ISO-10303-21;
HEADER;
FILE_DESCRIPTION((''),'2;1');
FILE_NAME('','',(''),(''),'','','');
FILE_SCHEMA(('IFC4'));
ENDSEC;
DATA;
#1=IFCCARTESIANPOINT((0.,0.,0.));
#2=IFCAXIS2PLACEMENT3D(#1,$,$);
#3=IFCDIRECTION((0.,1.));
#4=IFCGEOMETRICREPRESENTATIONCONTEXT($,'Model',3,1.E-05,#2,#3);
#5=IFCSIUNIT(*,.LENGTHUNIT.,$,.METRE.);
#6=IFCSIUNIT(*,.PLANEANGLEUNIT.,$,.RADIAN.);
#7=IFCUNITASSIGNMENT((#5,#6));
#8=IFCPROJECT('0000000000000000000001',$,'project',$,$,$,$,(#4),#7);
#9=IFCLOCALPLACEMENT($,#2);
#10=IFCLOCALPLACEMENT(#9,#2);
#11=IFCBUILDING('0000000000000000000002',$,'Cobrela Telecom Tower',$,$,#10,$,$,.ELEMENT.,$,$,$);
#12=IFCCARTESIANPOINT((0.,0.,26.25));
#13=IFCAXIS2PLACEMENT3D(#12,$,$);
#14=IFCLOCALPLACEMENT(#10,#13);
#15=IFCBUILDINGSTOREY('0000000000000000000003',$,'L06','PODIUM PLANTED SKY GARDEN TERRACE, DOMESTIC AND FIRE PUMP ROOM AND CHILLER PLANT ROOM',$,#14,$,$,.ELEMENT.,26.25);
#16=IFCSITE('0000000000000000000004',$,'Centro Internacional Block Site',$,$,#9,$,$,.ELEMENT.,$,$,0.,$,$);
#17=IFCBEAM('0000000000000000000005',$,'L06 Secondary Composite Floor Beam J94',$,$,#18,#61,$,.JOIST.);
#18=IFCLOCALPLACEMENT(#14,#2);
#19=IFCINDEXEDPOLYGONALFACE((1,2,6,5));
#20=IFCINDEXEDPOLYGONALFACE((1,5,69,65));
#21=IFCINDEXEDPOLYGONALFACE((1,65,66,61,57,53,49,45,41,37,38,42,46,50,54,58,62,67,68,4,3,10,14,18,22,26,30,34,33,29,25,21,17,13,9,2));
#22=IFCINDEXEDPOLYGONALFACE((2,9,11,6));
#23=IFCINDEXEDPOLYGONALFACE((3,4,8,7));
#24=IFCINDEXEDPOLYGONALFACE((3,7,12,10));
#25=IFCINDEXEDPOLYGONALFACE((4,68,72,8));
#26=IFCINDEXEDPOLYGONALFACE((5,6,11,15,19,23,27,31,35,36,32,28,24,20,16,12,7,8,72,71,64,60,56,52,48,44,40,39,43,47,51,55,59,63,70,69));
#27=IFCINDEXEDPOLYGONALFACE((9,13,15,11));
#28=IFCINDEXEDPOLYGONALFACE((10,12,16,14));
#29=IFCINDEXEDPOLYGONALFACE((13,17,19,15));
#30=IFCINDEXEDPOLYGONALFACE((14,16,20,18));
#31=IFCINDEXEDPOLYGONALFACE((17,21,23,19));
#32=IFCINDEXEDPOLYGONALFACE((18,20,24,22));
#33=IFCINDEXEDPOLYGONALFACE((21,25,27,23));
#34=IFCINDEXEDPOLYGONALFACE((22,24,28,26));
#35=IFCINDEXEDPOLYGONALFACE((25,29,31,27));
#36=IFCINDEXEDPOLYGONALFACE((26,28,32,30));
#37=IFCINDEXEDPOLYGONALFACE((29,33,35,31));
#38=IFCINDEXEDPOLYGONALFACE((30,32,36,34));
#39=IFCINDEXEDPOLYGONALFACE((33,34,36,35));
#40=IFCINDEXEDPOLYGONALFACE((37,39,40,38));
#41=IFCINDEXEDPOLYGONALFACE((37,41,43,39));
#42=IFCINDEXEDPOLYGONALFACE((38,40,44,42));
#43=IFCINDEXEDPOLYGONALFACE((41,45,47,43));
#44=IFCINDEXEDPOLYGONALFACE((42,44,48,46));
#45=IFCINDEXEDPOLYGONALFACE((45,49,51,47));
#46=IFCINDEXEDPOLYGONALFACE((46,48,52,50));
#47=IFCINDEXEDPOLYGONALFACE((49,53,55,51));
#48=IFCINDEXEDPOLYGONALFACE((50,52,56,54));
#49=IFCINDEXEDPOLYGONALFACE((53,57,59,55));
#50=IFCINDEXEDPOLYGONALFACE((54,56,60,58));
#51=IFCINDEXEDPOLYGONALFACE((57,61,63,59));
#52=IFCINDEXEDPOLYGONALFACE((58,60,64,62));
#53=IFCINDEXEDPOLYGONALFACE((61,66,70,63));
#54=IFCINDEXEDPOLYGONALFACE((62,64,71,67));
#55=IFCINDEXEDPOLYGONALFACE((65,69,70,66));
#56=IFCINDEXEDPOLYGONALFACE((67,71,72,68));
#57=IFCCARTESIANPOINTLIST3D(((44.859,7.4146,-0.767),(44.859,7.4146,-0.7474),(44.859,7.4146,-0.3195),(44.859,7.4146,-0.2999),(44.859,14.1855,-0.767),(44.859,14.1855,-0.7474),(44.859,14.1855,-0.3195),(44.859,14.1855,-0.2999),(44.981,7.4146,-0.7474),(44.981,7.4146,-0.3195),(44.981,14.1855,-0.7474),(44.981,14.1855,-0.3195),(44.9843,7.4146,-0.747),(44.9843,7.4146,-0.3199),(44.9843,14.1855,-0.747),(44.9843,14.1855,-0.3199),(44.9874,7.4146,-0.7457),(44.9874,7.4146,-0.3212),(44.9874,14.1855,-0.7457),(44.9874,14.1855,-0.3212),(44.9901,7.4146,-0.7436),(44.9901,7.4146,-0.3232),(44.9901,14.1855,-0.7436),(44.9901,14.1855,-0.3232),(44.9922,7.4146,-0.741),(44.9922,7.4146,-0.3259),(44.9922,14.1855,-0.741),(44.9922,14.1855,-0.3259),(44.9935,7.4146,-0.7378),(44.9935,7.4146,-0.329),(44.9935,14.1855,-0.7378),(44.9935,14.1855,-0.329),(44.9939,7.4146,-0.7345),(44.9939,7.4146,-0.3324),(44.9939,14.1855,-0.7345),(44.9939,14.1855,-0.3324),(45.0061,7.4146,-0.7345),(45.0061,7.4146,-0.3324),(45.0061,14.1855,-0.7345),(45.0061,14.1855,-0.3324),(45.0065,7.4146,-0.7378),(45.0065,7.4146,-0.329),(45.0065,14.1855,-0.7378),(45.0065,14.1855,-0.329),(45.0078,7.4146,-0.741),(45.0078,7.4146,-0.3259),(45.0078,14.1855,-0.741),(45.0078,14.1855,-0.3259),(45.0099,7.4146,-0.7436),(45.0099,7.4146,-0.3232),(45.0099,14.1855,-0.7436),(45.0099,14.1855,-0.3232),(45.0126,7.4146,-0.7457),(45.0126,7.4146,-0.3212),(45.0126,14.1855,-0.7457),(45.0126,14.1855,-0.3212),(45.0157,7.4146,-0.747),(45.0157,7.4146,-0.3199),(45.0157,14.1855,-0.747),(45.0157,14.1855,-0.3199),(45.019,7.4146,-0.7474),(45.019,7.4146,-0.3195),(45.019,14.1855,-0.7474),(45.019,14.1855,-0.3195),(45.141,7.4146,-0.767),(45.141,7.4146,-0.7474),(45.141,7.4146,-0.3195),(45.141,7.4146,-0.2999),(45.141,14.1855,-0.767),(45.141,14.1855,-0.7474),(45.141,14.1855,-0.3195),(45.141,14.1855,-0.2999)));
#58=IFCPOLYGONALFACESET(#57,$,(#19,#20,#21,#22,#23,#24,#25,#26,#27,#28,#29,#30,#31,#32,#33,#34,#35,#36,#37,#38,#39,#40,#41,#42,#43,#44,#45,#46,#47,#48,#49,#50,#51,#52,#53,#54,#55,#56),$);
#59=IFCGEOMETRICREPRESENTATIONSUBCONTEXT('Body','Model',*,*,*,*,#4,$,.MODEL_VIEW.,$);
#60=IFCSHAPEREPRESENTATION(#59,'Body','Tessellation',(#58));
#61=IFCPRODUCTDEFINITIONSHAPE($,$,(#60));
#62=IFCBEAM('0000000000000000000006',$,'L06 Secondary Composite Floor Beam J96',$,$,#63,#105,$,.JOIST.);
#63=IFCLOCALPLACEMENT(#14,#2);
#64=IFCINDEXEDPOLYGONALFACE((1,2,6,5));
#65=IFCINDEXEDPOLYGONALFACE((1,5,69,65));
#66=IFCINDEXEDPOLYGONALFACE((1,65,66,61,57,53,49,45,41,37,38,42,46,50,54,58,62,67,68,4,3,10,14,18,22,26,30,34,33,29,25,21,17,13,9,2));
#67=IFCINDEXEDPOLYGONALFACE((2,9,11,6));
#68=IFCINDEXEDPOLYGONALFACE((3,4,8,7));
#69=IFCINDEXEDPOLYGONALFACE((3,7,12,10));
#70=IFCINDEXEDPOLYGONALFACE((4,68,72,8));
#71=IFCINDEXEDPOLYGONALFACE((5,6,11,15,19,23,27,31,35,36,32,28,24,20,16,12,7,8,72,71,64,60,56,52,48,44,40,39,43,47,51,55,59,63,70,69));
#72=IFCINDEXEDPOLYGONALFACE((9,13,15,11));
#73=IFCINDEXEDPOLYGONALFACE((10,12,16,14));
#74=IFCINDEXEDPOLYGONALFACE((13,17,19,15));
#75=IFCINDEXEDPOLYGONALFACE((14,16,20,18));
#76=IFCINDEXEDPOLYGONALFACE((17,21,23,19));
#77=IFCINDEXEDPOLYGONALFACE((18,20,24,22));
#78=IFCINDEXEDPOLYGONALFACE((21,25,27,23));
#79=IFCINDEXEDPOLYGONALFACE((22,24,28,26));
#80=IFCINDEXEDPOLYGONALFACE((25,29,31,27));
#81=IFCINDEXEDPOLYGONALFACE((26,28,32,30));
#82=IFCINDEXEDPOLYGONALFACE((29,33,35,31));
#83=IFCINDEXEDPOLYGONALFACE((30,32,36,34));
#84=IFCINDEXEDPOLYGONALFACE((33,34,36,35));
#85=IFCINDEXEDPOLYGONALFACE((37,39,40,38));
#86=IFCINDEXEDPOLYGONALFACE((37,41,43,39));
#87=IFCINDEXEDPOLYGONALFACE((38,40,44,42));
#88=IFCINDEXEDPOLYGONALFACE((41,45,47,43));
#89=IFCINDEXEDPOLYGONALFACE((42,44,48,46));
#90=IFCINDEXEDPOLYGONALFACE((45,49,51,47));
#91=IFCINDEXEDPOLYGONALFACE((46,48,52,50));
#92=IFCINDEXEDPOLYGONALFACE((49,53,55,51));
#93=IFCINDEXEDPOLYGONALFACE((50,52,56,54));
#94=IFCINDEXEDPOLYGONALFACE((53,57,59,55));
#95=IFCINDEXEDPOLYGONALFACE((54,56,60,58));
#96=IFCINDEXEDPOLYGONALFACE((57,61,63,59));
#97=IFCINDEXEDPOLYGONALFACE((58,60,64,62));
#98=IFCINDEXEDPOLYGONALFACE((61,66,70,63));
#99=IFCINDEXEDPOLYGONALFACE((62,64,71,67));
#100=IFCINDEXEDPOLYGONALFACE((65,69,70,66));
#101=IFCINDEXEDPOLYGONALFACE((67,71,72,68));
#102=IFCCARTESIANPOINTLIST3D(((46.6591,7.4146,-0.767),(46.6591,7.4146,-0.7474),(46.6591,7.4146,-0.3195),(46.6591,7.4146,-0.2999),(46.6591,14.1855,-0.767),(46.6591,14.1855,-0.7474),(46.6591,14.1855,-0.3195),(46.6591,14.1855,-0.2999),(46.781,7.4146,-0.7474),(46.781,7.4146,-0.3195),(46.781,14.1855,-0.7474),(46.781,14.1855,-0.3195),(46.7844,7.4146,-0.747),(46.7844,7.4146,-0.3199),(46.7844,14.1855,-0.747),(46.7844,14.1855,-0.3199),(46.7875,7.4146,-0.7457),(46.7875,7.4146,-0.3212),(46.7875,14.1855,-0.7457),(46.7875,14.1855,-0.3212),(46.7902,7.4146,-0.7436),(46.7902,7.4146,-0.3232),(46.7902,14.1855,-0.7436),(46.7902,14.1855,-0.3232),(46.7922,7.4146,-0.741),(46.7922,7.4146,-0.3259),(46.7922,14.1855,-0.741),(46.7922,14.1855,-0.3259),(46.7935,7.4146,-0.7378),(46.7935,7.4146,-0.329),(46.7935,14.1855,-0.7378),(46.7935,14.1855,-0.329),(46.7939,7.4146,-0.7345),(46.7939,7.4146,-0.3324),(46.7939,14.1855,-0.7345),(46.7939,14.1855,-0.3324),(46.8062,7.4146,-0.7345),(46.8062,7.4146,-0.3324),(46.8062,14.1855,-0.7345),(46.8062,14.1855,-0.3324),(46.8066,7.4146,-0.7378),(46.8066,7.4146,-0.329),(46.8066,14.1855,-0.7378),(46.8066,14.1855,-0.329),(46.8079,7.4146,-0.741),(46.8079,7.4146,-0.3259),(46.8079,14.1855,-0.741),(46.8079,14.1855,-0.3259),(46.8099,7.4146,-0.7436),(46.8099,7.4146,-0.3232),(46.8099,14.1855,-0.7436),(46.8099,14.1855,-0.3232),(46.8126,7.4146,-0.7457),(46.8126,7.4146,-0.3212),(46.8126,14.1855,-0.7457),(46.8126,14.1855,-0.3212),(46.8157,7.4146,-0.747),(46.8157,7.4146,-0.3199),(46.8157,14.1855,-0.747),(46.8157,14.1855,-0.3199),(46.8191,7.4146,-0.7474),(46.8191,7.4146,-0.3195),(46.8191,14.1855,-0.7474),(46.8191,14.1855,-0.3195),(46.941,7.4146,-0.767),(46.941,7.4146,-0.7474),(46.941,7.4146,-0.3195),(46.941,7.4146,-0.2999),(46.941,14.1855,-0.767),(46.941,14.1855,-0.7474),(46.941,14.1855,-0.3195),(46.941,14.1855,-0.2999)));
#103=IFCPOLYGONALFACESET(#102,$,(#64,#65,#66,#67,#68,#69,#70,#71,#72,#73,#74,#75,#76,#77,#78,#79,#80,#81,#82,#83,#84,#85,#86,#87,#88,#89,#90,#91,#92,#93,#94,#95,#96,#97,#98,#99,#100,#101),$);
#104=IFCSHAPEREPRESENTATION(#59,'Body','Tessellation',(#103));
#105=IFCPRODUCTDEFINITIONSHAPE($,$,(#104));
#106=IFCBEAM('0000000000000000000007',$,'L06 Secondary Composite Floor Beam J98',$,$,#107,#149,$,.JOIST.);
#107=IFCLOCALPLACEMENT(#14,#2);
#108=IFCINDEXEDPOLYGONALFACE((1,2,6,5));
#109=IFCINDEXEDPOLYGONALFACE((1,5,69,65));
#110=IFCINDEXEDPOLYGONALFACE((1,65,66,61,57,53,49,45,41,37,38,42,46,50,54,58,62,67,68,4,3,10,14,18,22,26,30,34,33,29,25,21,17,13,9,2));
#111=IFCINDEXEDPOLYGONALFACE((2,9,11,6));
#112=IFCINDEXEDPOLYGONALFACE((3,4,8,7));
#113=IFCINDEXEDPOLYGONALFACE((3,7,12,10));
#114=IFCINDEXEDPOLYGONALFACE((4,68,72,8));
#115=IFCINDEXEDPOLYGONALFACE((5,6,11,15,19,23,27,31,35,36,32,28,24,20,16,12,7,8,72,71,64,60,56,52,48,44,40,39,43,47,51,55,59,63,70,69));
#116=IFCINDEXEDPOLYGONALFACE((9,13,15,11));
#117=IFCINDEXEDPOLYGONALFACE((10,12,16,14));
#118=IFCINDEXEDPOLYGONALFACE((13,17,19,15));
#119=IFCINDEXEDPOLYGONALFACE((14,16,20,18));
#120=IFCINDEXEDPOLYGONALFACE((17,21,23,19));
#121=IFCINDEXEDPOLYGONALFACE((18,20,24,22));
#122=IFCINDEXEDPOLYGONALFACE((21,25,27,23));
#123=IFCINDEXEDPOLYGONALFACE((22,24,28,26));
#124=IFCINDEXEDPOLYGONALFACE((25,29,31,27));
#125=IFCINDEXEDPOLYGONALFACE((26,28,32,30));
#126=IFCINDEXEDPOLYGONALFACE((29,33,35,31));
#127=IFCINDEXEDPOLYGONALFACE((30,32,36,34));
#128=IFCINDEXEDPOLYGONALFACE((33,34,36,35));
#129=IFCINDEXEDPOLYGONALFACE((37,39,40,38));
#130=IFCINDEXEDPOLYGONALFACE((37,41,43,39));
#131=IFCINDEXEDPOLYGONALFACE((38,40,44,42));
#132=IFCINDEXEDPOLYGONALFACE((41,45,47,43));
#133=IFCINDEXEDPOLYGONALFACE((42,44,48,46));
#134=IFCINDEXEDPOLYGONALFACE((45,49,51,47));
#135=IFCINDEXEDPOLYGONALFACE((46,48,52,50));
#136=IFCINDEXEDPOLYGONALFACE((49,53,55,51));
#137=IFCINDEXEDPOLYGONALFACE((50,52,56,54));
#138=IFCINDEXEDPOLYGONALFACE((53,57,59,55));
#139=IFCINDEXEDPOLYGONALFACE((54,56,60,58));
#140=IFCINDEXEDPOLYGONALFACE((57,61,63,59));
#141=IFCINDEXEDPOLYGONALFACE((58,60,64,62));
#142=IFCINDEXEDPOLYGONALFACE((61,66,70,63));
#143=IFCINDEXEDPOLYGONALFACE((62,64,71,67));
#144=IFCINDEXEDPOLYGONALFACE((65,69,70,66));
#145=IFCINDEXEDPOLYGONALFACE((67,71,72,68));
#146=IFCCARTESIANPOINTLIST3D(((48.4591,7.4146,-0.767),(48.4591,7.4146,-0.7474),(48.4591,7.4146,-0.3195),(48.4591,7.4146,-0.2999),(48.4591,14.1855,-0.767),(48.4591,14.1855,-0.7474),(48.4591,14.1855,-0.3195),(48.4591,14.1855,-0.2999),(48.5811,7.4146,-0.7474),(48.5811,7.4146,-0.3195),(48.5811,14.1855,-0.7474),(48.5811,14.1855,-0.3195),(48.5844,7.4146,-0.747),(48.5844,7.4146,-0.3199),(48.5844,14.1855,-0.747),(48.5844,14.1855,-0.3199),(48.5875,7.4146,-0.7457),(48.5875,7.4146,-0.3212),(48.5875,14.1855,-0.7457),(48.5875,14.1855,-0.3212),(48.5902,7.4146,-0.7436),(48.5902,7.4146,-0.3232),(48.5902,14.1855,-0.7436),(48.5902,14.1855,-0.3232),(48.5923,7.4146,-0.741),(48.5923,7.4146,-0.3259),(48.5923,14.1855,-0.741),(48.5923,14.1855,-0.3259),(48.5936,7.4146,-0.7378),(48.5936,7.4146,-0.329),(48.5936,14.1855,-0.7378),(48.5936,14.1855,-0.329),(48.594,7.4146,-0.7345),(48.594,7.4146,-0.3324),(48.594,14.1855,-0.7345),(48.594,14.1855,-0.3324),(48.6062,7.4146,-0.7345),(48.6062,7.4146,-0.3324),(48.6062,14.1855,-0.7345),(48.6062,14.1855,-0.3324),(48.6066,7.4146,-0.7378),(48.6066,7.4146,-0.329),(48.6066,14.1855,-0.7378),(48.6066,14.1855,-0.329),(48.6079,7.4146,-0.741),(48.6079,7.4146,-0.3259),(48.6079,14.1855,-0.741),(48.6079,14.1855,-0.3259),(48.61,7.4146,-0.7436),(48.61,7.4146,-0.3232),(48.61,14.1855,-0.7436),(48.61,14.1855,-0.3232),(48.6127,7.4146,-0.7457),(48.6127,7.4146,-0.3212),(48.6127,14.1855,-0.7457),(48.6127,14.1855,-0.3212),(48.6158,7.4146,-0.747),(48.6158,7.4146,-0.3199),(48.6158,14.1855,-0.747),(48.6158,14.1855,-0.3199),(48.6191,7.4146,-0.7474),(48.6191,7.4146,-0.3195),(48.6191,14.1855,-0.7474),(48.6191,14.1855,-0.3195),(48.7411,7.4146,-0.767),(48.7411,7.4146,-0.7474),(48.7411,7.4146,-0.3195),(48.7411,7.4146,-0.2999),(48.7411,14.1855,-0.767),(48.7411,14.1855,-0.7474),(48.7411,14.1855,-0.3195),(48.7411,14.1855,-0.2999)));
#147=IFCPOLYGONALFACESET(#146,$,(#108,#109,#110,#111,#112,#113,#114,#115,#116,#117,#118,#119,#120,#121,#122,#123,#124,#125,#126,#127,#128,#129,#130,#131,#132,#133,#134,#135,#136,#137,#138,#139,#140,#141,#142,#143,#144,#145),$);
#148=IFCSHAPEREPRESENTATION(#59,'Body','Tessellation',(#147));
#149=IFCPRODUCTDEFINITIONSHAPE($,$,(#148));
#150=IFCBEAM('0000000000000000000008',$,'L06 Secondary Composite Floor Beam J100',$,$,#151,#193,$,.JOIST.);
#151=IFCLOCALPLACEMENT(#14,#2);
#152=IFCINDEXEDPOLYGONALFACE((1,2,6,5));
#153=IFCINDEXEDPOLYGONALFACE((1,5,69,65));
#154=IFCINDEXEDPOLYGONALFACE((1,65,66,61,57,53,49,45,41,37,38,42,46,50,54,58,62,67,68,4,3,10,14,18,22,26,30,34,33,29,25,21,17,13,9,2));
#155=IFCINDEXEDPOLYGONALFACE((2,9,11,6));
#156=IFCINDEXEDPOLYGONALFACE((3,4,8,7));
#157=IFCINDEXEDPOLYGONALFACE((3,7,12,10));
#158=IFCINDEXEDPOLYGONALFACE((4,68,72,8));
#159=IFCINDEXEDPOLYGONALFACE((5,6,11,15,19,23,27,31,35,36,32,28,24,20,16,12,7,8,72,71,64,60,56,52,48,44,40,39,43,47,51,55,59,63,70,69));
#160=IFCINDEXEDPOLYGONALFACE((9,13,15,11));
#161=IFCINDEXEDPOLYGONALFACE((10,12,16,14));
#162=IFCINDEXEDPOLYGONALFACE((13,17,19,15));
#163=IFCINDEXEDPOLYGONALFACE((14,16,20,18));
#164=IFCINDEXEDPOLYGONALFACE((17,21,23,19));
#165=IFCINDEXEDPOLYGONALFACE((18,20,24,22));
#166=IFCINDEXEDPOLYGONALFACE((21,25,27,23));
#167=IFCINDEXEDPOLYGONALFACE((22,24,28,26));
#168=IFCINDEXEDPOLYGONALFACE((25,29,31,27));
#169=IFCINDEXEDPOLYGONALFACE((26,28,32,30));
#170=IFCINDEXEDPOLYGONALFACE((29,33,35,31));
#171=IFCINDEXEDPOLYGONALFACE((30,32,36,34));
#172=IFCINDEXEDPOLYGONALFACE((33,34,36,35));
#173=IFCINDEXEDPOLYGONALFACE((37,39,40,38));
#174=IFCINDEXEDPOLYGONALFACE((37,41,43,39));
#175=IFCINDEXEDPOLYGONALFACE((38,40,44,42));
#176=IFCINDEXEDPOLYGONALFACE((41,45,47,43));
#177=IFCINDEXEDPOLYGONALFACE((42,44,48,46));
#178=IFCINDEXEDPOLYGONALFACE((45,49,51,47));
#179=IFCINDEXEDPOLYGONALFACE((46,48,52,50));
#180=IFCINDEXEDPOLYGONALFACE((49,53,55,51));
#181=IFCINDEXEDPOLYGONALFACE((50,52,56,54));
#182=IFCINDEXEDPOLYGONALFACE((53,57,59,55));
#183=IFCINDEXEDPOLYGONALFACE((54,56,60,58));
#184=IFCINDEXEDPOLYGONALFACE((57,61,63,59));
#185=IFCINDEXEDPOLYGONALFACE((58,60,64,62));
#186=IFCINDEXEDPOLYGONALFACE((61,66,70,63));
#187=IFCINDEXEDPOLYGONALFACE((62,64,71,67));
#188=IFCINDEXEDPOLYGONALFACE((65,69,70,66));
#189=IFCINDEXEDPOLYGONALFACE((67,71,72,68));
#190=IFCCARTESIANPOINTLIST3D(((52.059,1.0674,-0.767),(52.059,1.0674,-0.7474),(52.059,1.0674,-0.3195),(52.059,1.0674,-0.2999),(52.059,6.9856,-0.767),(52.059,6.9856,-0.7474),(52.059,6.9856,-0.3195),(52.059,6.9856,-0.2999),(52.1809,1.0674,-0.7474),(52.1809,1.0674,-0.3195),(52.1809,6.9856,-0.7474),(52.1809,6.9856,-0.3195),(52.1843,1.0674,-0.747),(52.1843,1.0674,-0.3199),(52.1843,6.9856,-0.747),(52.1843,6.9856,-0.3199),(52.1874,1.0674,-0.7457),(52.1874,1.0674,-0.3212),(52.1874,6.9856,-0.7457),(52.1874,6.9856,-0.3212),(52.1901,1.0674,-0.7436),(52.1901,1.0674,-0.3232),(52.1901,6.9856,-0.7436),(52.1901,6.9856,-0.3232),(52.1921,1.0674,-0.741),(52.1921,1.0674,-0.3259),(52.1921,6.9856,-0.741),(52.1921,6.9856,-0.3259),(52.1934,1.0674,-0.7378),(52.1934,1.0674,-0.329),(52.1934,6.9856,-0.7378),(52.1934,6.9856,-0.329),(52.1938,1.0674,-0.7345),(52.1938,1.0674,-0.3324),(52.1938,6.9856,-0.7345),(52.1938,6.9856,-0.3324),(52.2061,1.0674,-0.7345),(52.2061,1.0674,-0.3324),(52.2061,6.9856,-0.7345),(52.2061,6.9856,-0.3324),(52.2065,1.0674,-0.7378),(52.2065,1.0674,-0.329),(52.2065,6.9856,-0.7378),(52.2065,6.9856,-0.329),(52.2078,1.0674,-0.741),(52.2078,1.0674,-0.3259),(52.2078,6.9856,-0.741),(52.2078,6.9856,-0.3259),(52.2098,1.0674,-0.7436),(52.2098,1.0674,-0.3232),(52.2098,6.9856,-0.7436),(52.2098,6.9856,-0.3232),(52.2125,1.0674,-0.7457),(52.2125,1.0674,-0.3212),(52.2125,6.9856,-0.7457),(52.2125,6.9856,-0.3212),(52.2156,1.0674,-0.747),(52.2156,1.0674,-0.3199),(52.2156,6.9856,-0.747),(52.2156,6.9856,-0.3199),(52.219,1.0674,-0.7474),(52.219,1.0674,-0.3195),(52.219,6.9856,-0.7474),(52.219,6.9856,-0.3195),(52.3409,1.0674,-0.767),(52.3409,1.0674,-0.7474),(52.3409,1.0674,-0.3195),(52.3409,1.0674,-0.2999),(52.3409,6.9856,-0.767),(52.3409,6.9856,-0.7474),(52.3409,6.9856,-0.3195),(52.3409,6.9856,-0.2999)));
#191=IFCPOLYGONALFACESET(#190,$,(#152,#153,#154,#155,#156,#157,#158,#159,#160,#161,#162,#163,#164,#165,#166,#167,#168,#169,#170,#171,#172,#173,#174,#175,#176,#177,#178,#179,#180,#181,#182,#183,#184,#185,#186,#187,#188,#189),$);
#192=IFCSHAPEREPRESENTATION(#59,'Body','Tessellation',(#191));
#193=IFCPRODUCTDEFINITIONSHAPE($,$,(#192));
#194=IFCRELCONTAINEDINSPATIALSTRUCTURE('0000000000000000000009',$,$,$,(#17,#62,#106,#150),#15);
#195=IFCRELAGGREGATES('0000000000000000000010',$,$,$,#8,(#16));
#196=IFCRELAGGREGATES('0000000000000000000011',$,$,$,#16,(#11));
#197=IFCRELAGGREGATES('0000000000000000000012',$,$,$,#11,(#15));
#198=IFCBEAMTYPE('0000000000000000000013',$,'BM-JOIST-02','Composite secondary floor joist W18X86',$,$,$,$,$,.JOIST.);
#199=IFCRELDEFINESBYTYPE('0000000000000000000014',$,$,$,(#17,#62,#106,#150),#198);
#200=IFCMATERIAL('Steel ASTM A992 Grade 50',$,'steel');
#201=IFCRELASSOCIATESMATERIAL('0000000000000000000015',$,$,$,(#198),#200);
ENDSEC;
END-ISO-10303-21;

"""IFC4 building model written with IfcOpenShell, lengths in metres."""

from ifc_helpers import new_model, si_unit, direction, frame, origin, origin_2d, place, context, subcontext, project, spatial, i_section, extrude, material, material_profile, profile_set, type_object, element, save


model = new_model("IFC4")

# Units and contexts
model_context = context("Model", 3, precision=1e-05, world=origin(), true_north=direction((0.0, 1.0)))
body_context = subcontext(model_context, "Body", "Model", "MODEL_VIEW")
ifc_project = project(units=[si_unit("LENGTHUNIT", "METRE"), si_unit("PLANEANGLEUNIT", "RADIAN")], contexts=[model_context])

# Site, building, storey
site_placement = place(None, origin())
site = spatial("IfcSite", under=ifc_project, at=site_placement, Name="Centro Internacional Block Site", CompositionType="ELEMENT", RefElevation=0.0)
building_placement = place(site_placement, origin())
building = spatial("IfcBuilding", under=site, at=building_placement, Name="Cobrela Telecom Tower", CompositionType="ELEMENT")
storey_placement = place(building_placement, frame((0.0, 0.0, 26.25)))
storey = spatial("IfcBuildingStorey", under=building, at=storey_placement, Name="L06", Description="PODIUM PLANTED SKY GARDEN TERRACE, DOMESTIC AND FIRE PUMP ROOM AND CHILLER PLANT ROOM", CompositionType="ELEMENT", Elevation=26.25)

# Beams
ifc_material_1 = material(Name="Steel ASTM A992 Grade 50", Category="steel")
ifc_material_profile_1 = material_profile(ifc_material_1, i_section(OverallWidth=0.282, OverallDepth=0.467, WebThickness=0.0122, FlangeThickness=0.0195, FilletRadius=0.0129, at=origin_2d()), Name="W18X86")
ifc_profile_set_1 = profile_set([ifc_material_profile_1], Name="Steel ASTM A992 Grade 50")
beam_type_1 = type_object("IfcBeamType", Name="BM-JOIST-02", Description="Composite secondary floor joist W18X86", PredefinedType="JOIST", material=ifc_profile_set_1)
for number, where, z_axis, x_axis, name in (
    (1, (45.0, 7.4146, -0.5334), (0.0, 1.0, 0.0), (-1.0, 0.0, 0.0), "L06 Secondary Composite Floor Beam J94"),
    (2, (46.8, 7.4146, -0.5334), (0.0, 1.0, 0.0), (-1.0, 0.0, 0.0), "L06 Secondary Composite Floor Beam J96"),
    (3, (48.6001, 7.4146, -0.5334), (0.0, 1.0, 0.0), (-1.0, 0.0, 0.0), "L06 Secondary Composite Floor Beam J98"),
):
    element("IfcBeam", number, at=place(storey_placement, frame(where, z_axis=z_axis, x_axis=x_axis)), inside=storey, type_object=beam_type_1, Name=name, PredefinedType="JOIST", context=body_context, shape_type="SweptSolid", body=[
        extrude(i_section(OverallWidth=0.282, OverallDepth=0.467, WebThickness=0.0122, FlangeThickness=0.0195, FilletRadius=0.0129, at=origin_2d()), origin(), (0.0, 0.0, 1.0), 6.771),
    ])
beam_1_placement = place(storey_placement, frame((52.2, 1.0674, -0.5334), z_axis=(0.0, 1.0, 0.0), x_axis=(-1.0, 0.0, 0.0)))
element("IfcBeam", 4, at=beam_1_placement, inside=storey, type_object=beam_type_1, Name="L06 Secondary Composite Floor Beam J100", PredefinedType="JOIST", context=body_context, shape_type="SweptSolid", body=[
    extrude(i_section(OverallWidth=0.282, OverallDepth=0.467, WebThickness=0.0122, FlangeThickness=0.0195, FilletRadius=0.0129, at=origin_2d()), origin(), (0.0, 0.0, 1.0), 5.9182),
])

save(model, "model.ifc")
